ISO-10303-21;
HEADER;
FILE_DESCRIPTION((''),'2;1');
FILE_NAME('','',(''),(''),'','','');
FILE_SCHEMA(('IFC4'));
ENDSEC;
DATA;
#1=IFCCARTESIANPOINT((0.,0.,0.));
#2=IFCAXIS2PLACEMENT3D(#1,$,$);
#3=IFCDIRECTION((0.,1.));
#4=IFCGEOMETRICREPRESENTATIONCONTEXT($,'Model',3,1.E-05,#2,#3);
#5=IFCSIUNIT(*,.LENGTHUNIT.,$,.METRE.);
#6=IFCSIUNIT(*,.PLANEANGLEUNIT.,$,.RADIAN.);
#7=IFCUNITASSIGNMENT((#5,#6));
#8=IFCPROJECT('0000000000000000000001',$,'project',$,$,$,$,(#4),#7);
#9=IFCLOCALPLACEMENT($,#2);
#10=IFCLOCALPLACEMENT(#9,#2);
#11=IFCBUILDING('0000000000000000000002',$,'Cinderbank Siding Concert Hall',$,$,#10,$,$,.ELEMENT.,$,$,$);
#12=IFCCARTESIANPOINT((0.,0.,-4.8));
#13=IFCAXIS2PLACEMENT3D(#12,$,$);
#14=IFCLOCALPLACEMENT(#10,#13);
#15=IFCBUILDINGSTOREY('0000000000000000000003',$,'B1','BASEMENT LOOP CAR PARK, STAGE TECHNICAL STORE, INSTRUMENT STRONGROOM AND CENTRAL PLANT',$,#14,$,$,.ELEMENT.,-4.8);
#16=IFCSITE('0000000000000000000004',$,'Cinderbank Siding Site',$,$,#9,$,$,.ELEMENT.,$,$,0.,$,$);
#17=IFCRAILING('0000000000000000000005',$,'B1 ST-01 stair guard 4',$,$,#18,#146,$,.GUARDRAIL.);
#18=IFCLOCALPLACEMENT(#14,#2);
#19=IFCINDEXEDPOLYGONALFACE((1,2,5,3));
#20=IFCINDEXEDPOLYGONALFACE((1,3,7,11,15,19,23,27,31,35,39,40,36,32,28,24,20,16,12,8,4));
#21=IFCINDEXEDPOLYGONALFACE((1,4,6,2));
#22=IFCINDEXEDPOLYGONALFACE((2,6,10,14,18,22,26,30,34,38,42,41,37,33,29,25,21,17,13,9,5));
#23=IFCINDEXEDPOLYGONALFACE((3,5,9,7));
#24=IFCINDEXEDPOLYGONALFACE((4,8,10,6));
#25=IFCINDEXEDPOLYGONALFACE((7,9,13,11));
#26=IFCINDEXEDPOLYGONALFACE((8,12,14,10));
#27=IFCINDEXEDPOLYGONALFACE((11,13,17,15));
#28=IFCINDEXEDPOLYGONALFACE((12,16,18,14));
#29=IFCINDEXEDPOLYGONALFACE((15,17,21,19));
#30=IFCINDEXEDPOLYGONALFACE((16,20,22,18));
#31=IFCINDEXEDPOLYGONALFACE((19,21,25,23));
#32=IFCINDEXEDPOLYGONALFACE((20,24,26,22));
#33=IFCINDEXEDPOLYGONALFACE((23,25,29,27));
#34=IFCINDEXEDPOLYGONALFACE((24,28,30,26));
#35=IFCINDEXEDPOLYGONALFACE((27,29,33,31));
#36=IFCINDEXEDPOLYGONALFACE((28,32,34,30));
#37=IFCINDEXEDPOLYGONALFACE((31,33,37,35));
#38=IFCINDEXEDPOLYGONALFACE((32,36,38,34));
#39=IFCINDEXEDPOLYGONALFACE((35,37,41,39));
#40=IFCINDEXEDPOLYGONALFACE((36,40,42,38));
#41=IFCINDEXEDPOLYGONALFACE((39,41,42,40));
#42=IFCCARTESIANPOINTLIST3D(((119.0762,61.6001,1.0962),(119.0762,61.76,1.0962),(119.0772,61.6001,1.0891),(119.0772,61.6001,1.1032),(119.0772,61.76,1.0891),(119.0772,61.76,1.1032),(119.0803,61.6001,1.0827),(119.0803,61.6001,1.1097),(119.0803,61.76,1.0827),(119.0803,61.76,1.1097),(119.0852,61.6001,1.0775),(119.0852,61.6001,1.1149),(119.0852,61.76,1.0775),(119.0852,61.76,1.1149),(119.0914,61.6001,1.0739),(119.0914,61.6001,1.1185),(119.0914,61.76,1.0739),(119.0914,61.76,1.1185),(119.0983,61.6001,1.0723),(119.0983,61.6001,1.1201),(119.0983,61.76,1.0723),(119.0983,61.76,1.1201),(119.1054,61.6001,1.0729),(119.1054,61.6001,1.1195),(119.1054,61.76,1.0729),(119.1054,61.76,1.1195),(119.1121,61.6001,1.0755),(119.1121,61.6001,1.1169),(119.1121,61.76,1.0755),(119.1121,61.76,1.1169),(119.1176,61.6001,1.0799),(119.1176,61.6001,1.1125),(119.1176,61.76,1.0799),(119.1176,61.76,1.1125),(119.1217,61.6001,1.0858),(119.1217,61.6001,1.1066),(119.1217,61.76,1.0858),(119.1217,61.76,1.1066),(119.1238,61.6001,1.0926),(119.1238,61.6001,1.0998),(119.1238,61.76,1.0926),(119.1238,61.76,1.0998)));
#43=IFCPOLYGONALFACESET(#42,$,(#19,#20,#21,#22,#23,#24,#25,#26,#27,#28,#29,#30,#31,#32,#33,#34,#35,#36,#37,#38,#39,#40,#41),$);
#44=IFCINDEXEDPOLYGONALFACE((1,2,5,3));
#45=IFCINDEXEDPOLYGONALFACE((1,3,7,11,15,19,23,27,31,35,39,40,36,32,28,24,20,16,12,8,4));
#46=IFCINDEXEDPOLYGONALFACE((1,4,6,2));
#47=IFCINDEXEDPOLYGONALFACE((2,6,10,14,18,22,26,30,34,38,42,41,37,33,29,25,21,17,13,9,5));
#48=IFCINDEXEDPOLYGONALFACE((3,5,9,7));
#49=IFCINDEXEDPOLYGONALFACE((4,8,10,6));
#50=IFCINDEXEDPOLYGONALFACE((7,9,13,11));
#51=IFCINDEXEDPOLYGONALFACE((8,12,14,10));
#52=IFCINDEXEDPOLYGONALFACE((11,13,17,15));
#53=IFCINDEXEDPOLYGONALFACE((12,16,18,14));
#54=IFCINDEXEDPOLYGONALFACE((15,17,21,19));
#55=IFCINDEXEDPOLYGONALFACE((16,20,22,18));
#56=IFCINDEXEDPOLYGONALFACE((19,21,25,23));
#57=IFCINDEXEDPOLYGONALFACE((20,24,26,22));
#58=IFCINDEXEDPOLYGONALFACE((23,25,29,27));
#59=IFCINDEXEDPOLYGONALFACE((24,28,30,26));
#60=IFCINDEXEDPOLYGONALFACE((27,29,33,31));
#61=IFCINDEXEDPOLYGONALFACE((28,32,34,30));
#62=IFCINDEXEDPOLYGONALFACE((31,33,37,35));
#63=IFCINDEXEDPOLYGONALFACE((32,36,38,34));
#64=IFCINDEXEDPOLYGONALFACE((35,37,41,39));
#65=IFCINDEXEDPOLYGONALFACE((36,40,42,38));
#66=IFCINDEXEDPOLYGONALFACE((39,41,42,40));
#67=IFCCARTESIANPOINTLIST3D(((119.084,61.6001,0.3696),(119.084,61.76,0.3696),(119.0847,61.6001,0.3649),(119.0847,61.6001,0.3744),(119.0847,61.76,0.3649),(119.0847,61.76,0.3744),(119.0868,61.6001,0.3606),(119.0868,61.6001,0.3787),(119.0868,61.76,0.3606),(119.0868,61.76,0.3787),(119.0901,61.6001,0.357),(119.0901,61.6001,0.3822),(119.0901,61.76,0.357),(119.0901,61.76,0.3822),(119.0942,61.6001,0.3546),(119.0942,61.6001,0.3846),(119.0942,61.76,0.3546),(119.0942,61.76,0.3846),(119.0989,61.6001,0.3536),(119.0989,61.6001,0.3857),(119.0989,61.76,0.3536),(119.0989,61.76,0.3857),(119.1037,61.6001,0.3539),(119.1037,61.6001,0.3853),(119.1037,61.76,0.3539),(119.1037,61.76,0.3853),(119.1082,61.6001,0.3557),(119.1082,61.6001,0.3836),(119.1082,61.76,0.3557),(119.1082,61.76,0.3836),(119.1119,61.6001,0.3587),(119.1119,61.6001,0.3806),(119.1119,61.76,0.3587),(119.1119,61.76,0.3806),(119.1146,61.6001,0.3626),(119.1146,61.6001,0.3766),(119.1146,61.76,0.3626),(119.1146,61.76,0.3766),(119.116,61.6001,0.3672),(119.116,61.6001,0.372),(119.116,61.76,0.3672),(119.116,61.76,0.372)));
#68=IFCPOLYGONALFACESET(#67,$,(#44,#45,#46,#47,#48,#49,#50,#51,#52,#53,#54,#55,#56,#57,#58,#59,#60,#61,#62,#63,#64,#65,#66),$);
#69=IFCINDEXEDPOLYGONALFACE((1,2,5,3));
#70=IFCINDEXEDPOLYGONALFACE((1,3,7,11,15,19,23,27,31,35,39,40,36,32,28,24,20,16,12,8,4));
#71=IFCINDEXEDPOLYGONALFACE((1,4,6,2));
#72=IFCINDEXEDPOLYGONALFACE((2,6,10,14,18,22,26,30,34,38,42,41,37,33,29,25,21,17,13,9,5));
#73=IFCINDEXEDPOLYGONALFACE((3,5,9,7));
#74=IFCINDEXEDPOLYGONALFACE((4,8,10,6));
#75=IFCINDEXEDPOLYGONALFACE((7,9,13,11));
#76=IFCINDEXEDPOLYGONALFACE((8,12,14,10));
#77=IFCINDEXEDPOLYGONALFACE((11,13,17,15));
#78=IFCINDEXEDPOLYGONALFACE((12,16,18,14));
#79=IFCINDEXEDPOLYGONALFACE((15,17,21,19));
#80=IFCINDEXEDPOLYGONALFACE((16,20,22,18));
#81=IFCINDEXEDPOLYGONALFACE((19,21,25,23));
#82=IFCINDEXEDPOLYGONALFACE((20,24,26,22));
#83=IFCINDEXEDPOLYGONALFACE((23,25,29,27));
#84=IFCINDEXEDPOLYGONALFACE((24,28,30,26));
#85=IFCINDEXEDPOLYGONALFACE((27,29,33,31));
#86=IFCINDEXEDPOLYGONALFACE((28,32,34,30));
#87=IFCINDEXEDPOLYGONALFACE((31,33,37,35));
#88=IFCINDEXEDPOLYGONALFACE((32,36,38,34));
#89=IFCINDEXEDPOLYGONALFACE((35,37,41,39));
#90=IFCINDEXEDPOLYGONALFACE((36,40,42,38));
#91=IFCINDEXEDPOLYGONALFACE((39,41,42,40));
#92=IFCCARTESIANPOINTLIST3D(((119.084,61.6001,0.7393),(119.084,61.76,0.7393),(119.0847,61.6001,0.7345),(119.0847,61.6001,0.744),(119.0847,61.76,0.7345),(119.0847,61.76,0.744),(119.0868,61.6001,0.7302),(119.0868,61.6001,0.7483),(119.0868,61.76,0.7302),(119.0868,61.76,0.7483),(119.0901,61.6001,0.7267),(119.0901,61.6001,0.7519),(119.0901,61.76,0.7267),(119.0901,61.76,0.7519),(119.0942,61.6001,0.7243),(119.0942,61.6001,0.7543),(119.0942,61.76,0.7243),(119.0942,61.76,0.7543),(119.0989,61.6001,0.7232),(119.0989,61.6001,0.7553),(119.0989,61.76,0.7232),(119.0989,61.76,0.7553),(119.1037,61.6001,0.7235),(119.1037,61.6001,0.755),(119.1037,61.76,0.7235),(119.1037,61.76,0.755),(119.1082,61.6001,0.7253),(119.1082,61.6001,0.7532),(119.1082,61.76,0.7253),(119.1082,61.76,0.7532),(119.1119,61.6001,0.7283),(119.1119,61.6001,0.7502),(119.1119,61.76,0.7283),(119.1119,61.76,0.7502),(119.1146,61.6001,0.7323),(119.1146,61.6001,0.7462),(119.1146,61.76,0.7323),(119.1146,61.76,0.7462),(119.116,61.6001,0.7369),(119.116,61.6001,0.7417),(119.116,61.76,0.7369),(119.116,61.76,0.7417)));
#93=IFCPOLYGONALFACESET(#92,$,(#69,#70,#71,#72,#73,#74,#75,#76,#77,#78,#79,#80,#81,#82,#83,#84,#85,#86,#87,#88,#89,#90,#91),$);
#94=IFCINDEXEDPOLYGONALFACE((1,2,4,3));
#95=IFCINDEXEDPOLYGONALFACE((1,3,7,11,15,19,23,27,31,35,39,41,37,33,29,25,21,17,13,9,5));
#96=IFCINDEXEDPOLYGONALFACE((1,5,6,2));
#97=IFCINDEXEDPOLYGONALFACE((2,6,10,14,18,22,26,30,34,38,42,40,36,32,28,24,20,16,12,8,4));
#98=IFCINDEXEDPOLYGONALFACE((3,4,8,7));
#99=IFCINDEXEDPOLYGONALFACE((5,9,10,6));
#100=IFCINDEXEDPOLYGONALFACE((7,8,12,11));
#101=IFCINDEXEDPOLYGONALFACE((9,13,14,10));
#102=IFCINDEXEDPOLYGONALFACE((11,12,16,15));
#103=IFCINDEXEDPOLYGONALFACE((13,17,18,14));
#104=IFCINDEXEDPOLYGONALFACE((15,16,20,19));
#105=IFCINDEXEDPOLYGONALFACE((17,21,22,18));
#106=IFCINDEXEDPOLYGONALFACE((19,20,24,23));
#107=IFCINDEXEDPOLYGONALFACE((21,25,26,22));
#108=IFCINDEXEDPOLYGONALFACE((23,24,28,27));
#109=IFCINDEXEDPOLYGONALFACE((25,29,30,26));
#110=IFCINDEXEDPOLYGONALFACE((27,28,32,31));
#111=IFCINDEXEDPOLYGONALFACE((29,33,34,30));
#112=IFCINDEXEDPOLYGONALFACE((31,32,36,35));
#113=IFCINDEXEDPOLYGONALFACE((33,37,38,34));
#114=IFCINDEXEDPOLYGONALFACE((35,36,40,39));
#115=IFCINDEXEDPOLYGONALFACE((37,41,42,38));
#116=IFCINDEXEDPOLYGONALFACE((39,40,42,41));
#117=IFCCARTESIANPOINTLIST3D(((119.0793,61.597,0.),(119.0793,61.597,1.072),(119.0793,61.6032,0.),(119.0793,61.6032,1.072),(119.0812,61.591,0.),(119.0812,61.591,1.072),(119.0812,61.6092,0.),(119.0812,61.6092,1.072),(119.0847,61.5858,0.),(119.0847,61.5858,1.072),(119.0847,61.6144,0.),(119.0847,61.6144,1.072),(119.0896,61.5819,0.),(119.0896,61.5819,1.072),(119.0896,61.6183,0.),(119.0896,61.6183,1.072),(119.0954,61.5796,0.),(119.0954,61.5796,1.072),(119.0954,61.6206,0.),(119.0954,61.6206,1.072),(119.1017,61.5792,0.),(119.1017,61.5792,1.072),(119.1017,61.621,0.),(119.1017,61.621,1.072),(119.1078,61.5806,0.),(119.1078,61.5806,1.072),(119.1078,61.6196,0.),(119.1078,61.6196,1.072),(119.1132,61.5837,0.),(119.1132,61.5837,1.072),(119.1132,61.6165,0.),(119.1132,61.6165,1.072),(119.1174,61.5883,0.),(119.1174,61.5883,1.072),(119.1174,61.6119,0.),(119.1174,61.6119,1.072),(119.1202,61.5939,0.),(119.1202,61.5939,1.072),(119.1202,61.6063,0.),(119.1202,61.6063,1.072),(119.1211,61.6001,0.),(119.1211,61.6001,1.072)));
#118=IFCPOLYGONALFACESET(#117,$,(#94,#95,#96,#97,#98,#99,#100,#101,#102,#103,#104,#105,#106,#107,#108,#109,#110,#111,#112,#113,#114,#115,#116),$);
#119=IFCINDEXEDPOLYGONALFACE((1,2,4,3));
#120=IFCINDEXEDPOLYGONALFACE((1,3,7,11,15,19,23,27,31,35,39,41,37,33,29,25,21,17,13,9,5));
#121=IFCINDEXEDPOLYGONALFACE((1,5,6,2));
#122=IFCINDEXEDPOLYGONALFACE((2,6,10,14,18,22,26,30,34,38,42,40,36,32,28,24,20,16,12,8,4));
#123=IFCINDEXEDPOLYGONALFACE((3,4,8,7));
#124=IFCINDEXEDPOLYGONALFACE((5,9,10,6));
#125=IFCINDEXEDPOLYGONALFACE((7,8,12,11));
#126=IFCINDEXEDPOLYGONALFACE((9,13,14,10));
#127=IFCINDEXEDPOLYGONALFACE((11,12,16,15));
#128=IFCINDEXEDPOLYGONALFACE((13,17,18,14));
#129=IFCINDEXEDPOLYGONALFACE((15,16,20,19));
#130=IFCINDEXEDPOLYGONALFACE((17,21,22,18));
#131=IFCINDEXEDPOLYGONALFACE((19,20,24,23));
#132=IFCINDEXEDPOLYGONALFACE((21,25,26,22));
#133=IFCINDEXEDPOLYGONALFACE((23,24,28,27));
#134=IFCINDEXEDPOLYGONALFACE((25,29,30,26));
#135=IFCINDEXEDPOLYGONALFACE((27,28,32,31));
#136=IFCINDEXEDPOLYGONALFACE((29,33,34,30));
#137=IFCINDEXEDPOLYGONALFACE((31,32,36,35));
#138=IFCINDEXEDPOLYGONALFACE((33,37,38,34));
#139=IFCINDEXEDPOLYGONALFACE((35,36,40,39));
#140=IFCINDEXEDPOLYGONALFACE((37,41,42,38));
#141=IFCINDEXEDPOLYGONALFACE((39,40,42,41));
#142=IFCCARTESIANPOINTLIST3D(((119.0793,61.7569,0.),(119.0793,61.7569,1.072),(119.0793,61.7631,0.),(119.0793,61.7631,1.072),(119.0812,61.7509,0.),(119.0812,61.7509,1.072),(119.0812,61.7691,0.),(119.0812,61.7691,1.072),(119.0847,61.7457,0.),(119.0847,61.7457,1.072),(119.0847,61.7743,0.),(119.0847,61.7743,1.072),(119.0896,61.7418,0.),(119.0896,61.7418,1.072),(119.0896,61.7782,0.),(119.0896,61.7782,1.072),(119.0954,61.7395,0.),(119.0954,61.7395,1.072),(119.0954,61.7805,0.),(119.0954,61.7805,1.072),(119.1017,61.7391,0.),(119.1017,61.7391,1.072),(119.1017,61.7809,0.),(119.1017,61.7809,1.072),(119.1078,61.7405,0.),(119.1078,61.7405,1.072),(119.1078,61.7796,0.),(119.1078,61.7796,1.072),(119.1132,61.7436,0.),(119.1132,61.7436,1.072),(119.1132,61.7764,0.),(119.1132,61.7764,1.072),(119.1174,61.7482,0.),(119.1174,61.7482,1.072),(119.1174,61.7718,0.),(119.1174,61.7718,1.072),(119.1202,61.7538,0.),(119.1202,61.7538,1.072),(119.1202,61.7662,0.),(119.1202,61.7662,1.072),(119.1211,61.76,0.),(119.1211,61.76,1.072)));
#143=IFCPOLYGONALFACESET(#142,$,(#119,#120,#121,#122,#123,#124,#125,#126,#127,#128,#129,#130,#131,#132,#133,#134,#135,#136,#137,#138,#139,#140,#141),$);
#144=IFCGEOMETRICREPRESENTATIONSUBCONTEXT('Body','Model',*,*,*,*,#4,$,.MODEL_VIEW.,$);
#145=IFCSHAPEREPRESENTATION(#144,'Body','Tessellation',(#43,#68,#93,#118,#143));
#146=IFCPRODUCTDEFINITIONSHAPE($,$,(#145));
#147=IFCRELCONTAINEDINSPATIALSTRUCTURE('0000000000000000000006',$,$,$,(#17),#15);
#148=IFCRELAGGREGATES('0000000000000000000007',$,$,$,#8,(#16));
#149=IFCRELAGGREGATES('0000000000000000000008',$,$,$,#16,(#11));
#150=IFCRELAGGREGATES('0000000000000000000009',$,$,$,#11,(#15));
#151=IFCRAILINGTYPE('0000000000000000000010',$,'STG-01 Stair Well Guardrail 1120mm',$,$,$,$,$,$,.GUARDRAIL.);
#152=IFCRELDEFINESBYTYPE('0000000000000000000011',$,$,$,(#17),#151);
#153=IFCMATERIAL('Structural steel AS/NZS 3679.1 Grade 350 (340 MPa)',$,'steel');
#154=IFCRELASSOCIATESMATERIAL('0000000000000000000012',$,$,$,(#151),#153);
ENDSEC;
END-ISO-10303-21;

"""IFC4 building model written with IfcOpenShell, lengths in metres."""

from ifc_helpers import new_model, si_unit, direction, frame, origin, origin_2d, place, context, subcontext, project, spatial, circle, extrude, material, type_object, element, save


model = new_model("IFC4")

# Units and contexts
model_context = context("Model", 3, precision=1e-05, world=origin(), true_north=direction((0.0, 1.0)))
body_context = subcontext(model_context, "Body", "Model", "MODEL_VIEW")
ifc_project = project(units=[si_unit("LENGTHUNIT", "METRE"), si_unit("PLANEANGLEUNIT", "RADIAN")], contexts=[model_context])

# Site, building, storey
site_placement = place(None, origin())
site = spatial("IfcSite", under=ifc_project, at=site_placement, Name="Cinderbank Siding Site", CompositionType="ELEMENT", RefElevation=0.0)
building_placement = place(site_placement, origin())
building = spatial("IfcBuilding", under=site, at=building_placement, Name="Cinderbank Siding Concert Hall", CompositionType="ELEMENT")
storey_placement = place(building_placement, frame((0.0, 0.0, -4.8)))
storey = spatial("IfcBuildingStorey", under=building, at=storey_placement, Name="B1", Description="BASEMENT LOOP CAR PARK, STAGE TECHNICAL STORE, INSTRUMENT STRONGROOM AND CENTRAL PLANT", CompositionType="ELEMENT", Elevation=-4.8)

# Shared definitions
ifc_material_1 = material(Name="Structural steel AS/NZS 3679.1 Grade 350 (340 MPa)", Category="steel")

# Railing
railing_type = type_object("IfcRailingType", Name="STG-01 Stair Well Guardrail 1120mm", PredefinedType="GUARDRAIL", material=ifc_material_1)
railing_placement = place(storey_placement, frame((119.1001, 61.6001, 0.0)))
element("IfcRailing", 1, at=railing_placement, inside=storey, type_object=railing_type, Name="B1 ST-01 stair guard 4", PredefinedType="GUARDRAIL", context=body_context, shape_type="SweptSolid", body=[
    extrude(circle(Radius=0.0239, at=origin_2d()), frame((0.0, 0.0, 1.0962), z_axis=(0.0, 1.0, 0.0), x_axis=(-1.0, 0.0, 0.0)), (0.0, 0.0, 1.0), 0.1599),
    extrude(circle(Radius=0.0161, at=origin_2d()), frame((0.0, 0.0, 0.3696), z_axis=(0.0, 1.0, 0.0), x_axis=(-1.0, 0.0, 0.0)), (0.0, 0.0, 1.0), 0.1599),
    extrude(circle(Radius=0.0161, at=origin_2d()), frame((0.0, 0.0, 0.7393), z_axis=(0.0, 1.0, 0.0), x_axis=(-1.0, 0.0, 0.0)), (0.0, 0.0, 1.0), 0.1599),
    extrude(circle(Radius=0.021, at=origin_2d()), origin(), (0.0, 0.0, 1.0), 1.072),
    extrude(circle(Radius=0.021, at=origin_2d()), frame((0.0, 0.1599, 0.0)), (0.0, 0.0, 1.0), 1.072),
])

save(model, "model.ifc")
